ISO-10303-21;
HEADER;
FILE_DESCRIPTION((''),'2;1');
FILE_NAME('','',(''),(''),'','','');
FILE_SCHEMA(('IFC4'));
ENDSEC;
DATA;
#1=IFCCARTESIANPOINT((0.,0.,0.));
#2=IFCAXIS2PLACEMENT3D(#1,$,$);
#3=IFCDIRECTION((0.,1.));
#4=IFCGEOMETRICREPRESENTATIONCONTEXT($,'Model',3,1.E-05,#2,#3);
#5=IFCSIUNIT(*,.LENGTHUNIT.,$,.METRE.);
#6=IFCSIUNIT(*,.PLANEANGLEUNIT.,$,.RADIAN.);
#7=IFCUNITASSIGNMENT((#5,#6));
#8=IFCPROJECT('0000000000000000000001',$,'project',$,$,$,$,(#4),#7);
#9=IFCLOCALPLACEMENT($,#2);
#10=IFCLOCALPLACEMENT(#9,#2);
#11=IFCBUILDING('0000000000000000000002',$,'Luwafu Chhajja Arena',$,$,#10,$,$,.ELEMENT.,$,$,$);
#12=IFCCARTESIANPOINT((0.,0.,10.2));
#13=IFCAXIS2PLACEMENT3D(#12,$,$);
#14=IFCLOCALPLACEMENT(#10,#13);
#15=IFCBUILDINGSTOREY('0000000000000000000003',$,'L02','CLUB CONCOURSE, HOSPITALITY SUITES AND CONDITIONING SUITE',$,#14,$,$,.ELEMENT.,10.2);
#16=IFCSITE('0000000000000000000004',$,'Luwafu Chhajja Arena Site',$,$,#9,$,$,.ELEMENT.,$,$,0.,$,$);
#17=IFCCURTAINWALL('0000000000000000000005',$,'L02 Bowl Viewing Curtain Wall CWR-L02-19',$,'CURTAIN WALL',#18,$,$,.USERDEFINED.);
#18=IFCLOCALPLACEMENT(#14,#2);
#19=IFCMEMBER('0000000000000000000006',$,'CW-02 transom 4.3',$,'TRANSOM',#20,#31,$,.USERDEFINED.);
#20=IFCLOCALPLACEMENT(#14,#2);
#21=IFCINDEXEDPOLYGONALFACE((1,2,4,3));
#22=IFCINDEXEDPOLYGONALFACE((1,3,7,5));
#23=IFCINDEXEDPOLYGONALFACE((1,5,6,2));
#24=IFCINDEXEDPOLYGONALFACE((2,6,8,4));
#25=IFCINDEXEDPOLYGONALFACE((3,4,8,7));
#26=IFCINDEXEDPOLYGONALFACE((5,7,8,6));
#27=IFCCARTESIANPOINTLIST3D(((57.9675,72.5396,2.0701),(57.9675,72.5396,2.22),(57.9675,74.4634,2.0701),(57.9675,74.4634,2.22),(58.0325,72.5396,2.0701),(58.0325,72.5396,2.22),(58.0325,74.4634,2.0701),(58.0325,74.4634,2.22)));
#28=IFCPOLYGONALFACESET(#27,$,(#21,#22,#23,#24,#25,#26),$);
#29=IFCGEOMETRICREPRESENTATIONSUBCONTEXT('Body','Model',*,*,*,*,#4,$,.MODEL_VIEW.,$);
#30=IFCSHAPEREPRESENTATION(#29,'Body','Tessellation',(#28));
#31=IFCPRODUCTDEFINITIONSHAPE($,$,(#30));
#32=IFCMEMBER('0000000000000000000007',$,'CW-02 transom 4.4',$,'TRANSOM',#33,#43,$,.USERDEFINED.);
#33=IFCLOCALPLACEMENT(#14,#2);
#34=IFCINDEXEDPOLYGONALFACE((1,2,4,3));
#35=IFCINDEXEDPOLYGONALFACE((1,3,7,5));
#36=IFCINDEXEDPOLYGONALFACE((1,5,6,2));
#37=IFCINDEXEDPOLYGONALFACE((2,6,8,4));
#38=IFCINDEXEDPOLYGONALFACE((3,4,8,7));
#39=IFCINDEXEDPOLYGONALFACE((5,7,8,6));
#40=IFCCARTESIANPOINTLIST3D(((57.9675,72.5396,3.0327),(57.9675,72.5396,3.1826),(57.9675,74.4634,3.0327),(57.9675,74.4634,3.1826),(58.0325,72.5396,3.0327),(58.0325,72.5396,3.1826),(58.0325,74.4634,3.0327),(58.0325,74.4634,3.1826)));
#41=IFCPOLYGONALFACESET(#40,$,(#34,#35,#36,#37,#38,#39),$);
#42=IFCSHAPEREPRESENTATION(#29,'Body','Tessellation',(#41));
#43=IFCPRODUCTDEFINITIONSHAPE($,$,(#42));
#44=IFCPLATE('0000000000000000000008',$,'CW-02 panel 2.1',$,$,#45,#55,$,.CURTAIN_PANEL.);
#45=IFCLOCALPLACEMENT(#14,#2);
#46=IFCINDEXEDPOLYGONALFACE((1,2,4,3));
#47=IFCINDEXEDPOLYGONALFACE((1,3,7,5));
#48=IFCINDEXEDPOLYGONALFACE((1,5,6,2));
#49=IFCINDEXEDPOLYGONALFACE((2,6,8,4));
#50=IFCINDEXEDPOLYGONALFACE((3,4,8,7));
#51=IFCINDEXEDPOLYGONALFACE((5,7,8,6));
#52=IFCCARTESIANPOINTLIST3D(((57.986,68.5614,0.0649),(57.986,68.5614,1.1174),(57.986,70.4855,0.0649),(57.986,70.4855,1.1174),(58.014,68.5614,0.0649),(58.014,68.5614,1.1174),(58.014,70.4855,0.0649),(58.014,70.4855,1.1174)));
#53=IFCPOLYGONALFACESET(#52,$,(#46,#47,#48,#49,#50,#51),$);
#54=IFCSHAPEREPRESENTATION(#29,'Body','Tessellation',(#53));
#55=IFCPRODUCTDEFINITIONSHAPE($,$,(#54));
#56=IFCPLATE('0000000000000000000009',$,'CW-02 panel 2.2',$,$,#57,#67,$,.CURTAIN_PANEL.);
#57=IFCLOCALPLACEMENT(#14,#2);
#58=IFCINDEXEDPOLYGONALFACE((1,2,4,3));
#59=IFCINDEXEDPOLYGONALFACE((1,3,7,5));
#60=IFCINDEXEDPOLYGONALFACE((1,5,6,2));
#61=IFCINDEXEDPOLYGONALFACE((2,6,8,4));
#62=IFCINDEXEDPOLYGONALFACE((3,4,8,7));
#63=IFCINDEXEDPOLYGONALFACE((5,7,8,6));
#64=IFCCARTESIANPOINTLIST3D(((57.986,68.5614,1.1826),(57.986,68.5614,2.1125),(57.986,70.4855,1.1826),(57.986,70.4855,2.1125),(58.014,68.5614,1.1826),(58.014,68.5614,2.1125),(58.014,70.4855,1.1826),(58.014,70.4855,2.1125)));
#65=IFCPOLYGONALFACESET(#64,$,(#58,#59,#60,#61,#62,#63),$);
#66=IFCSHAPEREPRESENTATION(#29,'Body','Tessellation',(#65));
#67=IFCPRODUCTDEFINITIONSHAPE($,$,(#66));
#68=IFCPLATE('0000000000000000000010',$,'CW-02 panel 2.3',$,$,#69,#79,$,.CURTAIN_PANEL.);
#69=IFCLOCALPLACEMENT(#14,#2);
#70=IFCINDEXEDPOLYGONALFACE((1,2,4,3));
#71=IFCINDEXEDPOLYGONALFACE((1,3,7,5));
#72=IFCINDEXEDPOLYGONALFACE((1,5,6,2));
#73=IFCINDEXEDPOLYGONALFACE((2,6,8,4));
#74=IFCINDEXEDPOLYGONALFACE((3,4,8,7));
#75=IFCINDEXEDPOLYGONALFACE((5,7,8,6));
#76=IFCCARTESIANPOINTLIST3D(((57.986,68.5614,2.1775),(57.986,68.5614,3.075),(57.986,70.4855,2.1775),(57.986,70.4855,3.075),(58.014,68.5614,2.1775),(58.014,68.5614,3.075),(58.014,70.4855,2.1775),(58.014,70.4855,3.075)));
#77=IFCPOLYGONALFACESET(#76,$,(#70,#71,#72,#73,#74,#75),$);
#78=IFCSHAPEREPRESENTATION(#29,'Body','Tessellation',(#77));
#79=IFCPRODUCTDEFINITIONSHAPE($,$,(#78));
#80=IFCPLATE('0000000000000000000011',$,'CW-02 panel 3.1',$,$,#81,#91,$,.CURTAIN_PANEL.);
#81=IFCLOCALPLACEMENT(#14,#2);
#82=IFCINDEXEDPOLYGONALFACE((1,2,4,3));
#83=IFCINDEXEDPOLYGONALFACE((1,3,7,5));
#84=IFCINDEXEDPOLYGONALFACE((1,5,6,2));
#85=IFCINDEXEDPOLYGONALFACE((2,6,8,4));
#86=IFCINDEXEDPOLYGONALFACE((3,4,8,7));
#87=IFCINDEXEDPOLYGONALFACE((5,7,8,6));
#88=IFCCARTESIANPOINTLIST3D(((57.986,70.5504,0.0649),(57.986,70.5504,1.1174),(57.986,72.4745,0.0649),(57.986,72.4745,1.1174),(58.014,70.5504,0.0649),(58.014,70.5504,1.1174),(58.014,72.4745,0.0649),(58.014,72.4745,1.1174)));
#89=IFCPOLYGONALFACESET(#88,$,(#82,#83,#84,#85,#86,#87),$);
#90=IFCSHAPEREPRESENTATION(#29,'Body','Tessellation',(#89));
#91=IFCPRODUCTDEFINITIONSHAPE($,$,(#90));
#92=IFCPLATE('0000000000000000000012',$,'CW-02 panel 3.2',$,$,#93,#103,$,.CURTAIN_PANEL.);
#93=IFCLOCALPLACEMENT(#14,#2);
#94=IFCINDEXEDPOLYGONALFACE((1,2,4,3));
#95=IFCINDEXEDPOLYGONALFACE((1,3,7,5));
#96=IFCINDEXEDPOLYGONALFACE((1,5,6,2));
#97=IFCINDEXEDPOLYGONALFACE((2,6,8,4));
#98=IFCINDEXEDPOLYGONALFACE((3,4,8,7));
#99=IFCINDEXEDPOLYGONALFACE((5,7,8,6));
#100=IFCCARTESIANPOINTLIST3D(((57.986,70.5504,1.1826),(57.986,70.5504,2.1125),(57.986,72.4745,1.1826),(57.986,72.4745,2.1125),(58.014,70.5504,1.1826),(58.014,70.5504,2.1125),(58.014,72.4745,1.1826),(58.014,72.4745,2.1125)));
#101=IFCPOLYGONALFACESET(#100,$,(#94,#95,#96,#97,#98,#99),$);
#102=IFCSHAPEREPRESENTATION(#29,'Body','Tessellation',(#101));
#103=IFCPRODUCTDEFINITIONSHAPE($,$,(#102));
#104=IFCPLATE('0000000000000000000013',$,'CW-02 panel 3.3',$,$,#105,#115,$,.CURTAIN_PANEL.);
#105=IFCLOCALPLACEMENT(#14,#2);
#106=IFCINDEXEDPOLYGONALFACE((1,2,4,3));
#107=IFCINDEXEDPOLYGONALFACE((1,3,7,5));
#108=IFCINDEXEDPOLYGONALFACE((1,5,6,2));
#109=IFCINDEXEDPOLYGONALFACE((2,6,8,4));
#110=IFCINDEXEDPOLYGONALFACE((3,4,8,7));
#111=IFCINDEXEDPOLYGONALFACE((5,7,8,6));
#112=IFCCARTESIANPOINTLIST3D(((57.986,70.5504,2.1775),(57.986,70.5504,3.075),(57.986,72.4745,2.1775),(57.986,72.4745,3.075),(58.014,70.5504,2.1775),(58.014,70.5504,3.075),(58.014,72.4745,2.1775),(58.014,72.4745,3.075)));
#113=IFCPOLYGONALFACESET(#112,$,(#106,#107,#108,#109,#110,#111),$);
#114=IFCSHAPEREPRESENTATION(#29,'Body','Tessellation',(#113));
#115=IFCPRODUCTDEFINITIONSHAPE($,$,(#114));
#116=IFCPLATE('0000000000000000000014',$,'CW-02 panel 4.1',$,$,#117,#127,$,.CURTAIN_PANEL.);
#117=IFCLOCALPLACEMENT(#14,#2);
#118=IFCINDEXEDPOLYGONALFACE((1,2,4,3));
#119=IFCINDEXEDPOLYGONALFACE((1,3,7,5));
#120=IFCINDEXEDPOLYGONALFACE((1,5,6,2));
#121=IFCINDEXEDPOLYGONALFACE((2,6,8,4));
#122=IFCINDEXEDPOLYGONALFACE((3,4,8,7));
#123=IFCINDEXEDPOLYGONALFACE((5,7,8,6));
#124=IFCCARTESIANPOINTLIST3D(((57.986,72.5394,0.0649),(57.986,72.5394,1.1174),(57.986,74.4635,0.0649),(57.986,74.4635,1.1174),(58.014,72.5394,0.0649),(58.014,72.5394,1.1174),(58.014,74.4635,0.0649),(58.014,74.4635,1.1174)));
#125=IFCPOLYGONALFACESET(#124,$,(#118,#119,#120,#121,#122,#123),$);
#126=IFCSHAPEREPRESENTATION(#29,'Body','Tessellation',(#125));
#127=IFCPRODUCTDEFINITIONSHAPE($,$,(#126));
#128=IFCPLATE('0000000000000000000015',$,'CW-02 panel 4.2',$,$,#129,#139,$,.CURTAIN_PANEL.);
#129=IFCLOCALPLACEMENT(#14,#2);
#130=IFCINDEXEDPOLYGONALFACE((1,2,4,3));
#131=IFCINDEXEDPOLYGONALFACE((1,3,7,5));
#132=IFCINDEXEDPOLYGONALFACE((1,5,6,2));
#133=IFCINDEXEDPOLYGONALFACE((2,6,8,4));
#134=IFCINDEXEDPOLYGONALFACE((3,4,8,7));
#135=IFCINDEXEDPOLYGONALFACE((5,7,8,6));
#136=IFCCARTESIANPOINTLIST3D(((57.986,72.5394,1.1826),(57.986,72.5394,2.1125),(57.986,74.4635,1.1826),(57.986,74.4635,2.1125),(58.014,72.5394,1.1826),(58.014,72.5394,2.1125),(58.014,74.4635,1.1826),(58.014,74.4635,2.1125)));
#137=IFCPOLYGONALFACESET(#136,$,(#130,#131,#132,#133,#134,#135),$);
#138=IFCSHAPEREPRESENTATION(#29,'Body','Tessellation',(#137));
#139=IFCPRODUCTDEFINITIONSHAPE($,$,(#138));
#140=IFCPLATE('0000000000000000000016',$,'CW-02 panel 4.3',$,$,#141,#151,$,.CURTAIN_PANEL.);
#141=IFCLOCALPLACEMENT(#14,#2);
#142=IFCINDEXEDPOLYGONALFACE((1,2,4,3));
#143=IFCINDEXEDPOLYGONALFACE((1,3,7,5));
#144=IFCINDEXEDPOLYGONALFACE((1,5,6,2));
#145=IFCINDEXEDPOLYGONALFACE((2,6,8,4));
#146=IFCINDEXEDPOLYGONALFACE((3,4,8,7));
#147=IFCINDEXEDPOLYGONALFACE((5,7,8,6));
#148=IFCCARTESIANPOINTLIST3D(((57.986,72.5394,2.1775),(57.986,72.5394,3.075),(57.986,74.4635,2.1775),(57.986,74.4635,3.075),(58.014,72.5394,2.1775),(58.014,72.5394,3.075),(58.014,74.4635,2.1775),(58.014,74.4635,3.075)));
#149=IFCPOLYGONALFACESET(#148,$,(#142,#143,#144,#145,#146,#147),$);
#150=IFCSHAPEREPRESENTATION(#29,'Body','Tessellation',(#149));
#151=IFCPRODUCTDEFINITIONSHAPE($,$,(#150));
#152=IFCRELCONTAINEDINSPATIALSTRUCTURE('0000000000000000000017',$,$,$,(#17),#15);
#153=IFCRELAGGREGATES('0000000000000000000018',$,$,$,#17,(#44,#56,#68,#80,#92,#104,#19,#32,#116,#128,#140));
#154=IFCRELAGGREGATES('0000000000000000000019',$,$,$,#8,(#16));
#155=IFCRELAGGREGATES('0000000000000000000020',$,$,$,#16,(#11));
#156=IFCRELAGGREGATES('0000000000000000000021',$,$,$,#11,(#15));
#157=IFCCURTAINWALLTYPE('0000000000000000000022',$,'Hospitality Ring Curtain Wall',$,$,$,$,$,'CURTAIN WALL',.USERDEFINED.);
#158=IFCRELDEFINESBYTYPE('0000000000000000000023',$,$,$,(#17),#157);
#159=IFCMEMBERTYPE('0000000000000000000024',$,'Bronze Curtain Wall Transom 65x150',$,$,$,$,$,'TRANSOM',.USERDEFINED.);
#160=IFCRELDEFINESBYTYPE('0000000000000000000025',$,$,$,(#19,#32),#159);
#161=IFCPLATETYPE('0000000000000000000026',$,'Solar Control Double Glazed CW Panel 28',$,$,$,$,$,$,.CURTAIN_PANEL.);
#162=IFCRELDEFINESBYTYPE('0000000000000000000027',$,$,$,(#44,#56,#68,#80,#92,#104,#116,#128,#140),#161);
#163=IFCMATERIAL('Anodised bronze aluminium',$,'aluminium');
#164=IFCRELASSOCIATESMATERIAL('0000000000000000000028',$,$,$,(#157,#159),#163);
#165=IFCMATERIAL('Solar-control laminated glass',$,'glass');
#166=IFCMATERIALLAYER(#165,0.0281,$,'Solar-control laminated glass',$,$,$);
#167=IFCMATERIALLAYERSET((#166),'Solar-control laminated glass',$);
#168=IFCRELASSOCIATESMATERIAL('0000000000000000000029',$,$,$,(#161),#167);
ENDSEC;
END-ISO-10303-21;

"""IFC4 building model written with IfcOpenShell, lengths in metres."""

from ifc_helpers import new_model, si_unit, direction, frame, origin, origin_2d, place, context, subcontext, project, spatial, rectangle, extrude, material, layer, layer_set, material_profile, profile_set, type_object, element, aggregate, save


model = new_model("IFC4")

# Units and contexts
model_context = context("Model", 3, precision=1e-05, world=origin(), true_north=direction((0.0, 1.0)))
body_context = subcontext(model_context, "Body", "Model", "MODEL_VIEW")
ifc_project = project(units=[si_unit("LENGTHUNIT", "METRE"), si_unit("PLANEANGLEUNIT", "RADIAN")], contexts=[model_context])

# Site, building, storey
site_placement = place(None, origin())
site = spatial("IfcSite", under=ifc_project, at=site_placement, Name="Luwafu Chhajja Arena Site", CompositionType="ELEMENT", RefElevation=0.0)
building_placement = place(site_placement, origin())
building = spatial("IfcBuilding", under=site, at=building_placement, Name="Luwafu Chhajja Arena", CompositionType="ELEMENT")
storey_placement = place(building_placement, frame((0.0, 0.0, 10.2)))
storey = spatial("IfcBuildingStorey", under=building, at=storey_placement, Name="L02", Description="CLUB CONCOURSE, HOSPITALITY SUITES AND CONDITIONING SUITE", CompositionType="ELEMENT", Elevation=10.2)

# Curtain wall, members, plates
ifc_material_1 = material(Name="Anodised bronze aluminium", Category="aluminium")
curtain_wall_type = type_object("IfcCurtainWallType", Name="Hospitality Ring Curtain Wall", ElementType="CURTAIN WALL", PredefinedType="USERDEFINED", material=ifc_material_1)
curtain_wall_placement = place(storey_placement, origin())
curtain_wall = element("IfcCurtainWall", 1, at=curtain_wall_placement, inside=storey, type_object=curtain_wall_type, Name="L02 Bowl Viewing Curtain Wall CWR-L02-19", ObjectType="CURTAIN WALL", PredefinedType="USERDEFINED")
ifc_material_profile_1 = material_profile(ifc_material_1, rectangle(XDim=0.0649, YDim=0.1499, at=origin_2d()), Name="CWT 65x150")
ifc_profile_set_1 = profile_set([ifc_material_profile_1], Name="Anodised bronze aluminium")
member_type_1 = type_object("IfcMemberType", Name="Bronze Curtain Wall Transom 65x150", ElementType="TRANSOM", PredefinedType="USERDEFINED", material=ifc_profile_set_1)
member_1_placement = place(storey_placement, frame((58.0, 72.5396, 2.145), z_axis=(0.0, 1.0, 0.0), x_axis=(-1.0, 0.0, 0.0)))
member_1 = element("IfcMember", 2, at=member_1_placement, type_object=member_type_1, Name="CW-02 transom 4.3", ObjectType="TRANSOM", PredefinedType="USERDEFINED", context=body_context, shape_type="SweptSolid", body=[
    extrude(rectangle(XDim=0.0649, YDim=0.1499, at=origin_2d()), origin(), (0.0, 0.0, 1.0), 1.9238),
])
member_2_placement = place(storey_placement, frame((58.0, 72.5396, 3.1077), z_axis=(0.0, 1.0, 0.0), x_axis=(-1.0, 0.0, 0.0)))
member_2 = element("IfcMember", 3, at=member_2_placement, type_object=member_type_1, Name="CW-02 transom 4.4", ObjectType="TRANSOM", PredefinedType="USERDEFINED", context=body_context, shape_type="SweptSolid", body=[
    extrude(rectangle(XDim=0.0649, YDim=0.1499, at=origin_2d()), origin(), (0.0, 0.0, 1.0), 1.9238),
])
ifc_material_2 = material(Name="Solar-control laminated glass", Category="glass")
ifc_layer = layer(ifc_material_2, 0.0281, Name="Solar-control laminated glass")
ifc_layer_set = layer_set([ifc_layer], Name="Solar-control laminated glass")
plate_type = type_object("IfcPlateType", Name="Solar Control Double Glazed CW Panel 28", PredefinedType="CURTAIN_PANEL", material=ifc_layer_set)
plate_1_placement = place(storey_placement, frame((58.0, 69.5234, 0.0649), z_axis=(0.0, 0.0, 1.0), x_axis=(0.0, 1.0, 0.0)))
plate_1 = element("IfcPlate", 4, at=plate_1_placement, type_object=plate_type, Name="CW-02 panel 2.1", PredefinedType="CURTAIN_PANEL", context=body_context, shape_type="SweptSolid", body=[
    extrude(rectangle(XDim=1.9241, YDim=0.0281, at=origin_2d()), origin(), (0.0, 0.0, 1.0), 1.0525),
])
plate_2_placement = place(storey_placement, frame((58.0, 69.5234, 1.1826), z_axis=(0.0, 0.0, 1.0), x_axis=(0.0, 1.0, 0.0)))
plate_2 = element("IfcPlate", 5, at=plate_2_placement, type_object=plate_type, Name="CW-02 panel 2.2", PredefinedType="CURTAIN_PANEL", context=body_context, shape_type="SweptSolid", body=[
    extrude(rectangle(XDim=1.9241, YDim=0.0281, at=origin_2d()), origin(), (0.0, 0.0, 1.0), 0.9299),
])
plate_3_placement = place(storey_placement, frame((58.0, 69.5234, 2.1775), z_axis=(0.0, 0.0, 1.0), x_axis=(0.0, 1.0, 0.0)))
plate_3 = element("IfcPlate", 6, at=plate_3_placement, type_object=plate_type, Name="CW-02 panel 2.3", PredefinedType="CURTAIN_PANEL", context=body_context, shape_type="SweptSolid", body=[
    extrude(rectangle(XDim=1.9241, YDim=0.0281, at=origin_2d()), origin(), (0.0, 0.0, 1.0), 0.8975),
])
plate_4_placement = place(storey_placement, frame((58.0, 71.5125, 0.0649), z_axis=(0.0, 0.0, 1.0), x_axis=(0.0, 1.0, 0.0)))
plate_4 = element("IfcPlate", 7, at=plate_4_placement, type_object=plate_type, Name="CW-02 panel 3.1", PredefinedType="CURTAIN_PANEL", context=body_context, shape_type="SweptSolid", body=[
    extrude(rectangle(XDim=1.9241, YDim=0.0281, at=origin_2d()), origin(), (0.0, 0.0, 1.0), 1.0525),
])
plate_5_placement = place(storey_placement, frame((58.0, 71.5125, 1.1826), z_axis=(0.0, 0.0, 1.0), x_axis=(0.0, 1.0, 0.0)))
plate_5 = element("IfcPlate", 8, at=plate_5_placement, type_object=plate_type, Name="CW-02 panel 3.2", PredefinedType="CURTAIN_PANEL", context=body_context, shape_type="SweptSolid", body=[
    extrude(rectangle(XDim=1.9241, YDim=0.0281, at=origin_2d()), origin(), (0.0, 0.0, 1.0), 0.9299),
])
plate_6_placement = place(storey_placement, frame((58.0, 71.5125, 2.1775), z_axis=(0.0, 0.0, 1.0), x_axis=(0.0, 1.0, 0.0)))
plate_6 = element("IfcPlate", 9, at=plate_6_placement, type_object=plate_type, Name="CW-02 panel 3.3", PredefinedType="CURTAIN_PANEL", context=body_context, shape_type="SweptSolid", body=[
    extrude(rectangle(XDim=1.9241, YDim=0.0281, at=origin_2d()), origin(), (0.0, 0.0, 1.0), 0.8975),
])
plate_7_placement = place(storey_placement, frame((58.0, 73.5015, 0.0649), z_axis=(0.0, 0.0, 1.0), x_axis=(0.0, 1.0, 0.0)))
plate_7 = element("IfcPlate", 10, at=plate_7_placement, type_object=plate_type, Name="CW-02 panel 4.1", PredefinedType="CURTAIN_PANEL", context=body_context, shape_type="SweptSolid", body=[
    extrude(rectangle(XDim=1.9241, YDim=0.0281, at=origin_2d()), origin(), (0.0, 0.0, 1.0), 1.0525),
])
plate_8_placement = place(storey_placement, frame((58.0, 73.5015, 1.1826), z_axis=(0.0, 0.0, 1.0), x_axis=(0.0, 1.0, 0.0)))
plate_8 = element("IfcPlate", 11, at=plate_8_placement, type_object=plate_type, Name="CW-02 panel 4.2", PredefinedType="CURTAIN_PANEL", context=body_context, shape_type="SweptSolid", body=[
    extrude(rectangle(XDim=1.9241, YDim=0.0281, at=origin_2d()), origin(), (0.0, 0.0, 1.0), 0.9299),
])
plate_9_placement = place(storey_placement, frame((58.0, 73.5015, 2.1775), z_axis=(0.0, 0.0, 1.0), x_axis=(0.0, 1.0, 0.0)))
plate_9 = element("IfcPlate", 12, at=plate_9_placement, type_object=plate_type, Name="CW-02 panel 4.3", PredefinedType="CURTAIN_PANEL", context=body_context, shape_type="SweptSolid", body=[
    extrude(rectangle(XDim=1.9241, YDim=0.0281, at=origin_2d()), origin(), (0.0, 0.0, 1.0), 0.8975),
])
aggregate(curtain_wall, [plate_1, plate_2, plate_3, plate_4, plate_5, plate_6, member_1, member_2, plate_7, plate_8, plate_9])

save(model, "model.ifc")
